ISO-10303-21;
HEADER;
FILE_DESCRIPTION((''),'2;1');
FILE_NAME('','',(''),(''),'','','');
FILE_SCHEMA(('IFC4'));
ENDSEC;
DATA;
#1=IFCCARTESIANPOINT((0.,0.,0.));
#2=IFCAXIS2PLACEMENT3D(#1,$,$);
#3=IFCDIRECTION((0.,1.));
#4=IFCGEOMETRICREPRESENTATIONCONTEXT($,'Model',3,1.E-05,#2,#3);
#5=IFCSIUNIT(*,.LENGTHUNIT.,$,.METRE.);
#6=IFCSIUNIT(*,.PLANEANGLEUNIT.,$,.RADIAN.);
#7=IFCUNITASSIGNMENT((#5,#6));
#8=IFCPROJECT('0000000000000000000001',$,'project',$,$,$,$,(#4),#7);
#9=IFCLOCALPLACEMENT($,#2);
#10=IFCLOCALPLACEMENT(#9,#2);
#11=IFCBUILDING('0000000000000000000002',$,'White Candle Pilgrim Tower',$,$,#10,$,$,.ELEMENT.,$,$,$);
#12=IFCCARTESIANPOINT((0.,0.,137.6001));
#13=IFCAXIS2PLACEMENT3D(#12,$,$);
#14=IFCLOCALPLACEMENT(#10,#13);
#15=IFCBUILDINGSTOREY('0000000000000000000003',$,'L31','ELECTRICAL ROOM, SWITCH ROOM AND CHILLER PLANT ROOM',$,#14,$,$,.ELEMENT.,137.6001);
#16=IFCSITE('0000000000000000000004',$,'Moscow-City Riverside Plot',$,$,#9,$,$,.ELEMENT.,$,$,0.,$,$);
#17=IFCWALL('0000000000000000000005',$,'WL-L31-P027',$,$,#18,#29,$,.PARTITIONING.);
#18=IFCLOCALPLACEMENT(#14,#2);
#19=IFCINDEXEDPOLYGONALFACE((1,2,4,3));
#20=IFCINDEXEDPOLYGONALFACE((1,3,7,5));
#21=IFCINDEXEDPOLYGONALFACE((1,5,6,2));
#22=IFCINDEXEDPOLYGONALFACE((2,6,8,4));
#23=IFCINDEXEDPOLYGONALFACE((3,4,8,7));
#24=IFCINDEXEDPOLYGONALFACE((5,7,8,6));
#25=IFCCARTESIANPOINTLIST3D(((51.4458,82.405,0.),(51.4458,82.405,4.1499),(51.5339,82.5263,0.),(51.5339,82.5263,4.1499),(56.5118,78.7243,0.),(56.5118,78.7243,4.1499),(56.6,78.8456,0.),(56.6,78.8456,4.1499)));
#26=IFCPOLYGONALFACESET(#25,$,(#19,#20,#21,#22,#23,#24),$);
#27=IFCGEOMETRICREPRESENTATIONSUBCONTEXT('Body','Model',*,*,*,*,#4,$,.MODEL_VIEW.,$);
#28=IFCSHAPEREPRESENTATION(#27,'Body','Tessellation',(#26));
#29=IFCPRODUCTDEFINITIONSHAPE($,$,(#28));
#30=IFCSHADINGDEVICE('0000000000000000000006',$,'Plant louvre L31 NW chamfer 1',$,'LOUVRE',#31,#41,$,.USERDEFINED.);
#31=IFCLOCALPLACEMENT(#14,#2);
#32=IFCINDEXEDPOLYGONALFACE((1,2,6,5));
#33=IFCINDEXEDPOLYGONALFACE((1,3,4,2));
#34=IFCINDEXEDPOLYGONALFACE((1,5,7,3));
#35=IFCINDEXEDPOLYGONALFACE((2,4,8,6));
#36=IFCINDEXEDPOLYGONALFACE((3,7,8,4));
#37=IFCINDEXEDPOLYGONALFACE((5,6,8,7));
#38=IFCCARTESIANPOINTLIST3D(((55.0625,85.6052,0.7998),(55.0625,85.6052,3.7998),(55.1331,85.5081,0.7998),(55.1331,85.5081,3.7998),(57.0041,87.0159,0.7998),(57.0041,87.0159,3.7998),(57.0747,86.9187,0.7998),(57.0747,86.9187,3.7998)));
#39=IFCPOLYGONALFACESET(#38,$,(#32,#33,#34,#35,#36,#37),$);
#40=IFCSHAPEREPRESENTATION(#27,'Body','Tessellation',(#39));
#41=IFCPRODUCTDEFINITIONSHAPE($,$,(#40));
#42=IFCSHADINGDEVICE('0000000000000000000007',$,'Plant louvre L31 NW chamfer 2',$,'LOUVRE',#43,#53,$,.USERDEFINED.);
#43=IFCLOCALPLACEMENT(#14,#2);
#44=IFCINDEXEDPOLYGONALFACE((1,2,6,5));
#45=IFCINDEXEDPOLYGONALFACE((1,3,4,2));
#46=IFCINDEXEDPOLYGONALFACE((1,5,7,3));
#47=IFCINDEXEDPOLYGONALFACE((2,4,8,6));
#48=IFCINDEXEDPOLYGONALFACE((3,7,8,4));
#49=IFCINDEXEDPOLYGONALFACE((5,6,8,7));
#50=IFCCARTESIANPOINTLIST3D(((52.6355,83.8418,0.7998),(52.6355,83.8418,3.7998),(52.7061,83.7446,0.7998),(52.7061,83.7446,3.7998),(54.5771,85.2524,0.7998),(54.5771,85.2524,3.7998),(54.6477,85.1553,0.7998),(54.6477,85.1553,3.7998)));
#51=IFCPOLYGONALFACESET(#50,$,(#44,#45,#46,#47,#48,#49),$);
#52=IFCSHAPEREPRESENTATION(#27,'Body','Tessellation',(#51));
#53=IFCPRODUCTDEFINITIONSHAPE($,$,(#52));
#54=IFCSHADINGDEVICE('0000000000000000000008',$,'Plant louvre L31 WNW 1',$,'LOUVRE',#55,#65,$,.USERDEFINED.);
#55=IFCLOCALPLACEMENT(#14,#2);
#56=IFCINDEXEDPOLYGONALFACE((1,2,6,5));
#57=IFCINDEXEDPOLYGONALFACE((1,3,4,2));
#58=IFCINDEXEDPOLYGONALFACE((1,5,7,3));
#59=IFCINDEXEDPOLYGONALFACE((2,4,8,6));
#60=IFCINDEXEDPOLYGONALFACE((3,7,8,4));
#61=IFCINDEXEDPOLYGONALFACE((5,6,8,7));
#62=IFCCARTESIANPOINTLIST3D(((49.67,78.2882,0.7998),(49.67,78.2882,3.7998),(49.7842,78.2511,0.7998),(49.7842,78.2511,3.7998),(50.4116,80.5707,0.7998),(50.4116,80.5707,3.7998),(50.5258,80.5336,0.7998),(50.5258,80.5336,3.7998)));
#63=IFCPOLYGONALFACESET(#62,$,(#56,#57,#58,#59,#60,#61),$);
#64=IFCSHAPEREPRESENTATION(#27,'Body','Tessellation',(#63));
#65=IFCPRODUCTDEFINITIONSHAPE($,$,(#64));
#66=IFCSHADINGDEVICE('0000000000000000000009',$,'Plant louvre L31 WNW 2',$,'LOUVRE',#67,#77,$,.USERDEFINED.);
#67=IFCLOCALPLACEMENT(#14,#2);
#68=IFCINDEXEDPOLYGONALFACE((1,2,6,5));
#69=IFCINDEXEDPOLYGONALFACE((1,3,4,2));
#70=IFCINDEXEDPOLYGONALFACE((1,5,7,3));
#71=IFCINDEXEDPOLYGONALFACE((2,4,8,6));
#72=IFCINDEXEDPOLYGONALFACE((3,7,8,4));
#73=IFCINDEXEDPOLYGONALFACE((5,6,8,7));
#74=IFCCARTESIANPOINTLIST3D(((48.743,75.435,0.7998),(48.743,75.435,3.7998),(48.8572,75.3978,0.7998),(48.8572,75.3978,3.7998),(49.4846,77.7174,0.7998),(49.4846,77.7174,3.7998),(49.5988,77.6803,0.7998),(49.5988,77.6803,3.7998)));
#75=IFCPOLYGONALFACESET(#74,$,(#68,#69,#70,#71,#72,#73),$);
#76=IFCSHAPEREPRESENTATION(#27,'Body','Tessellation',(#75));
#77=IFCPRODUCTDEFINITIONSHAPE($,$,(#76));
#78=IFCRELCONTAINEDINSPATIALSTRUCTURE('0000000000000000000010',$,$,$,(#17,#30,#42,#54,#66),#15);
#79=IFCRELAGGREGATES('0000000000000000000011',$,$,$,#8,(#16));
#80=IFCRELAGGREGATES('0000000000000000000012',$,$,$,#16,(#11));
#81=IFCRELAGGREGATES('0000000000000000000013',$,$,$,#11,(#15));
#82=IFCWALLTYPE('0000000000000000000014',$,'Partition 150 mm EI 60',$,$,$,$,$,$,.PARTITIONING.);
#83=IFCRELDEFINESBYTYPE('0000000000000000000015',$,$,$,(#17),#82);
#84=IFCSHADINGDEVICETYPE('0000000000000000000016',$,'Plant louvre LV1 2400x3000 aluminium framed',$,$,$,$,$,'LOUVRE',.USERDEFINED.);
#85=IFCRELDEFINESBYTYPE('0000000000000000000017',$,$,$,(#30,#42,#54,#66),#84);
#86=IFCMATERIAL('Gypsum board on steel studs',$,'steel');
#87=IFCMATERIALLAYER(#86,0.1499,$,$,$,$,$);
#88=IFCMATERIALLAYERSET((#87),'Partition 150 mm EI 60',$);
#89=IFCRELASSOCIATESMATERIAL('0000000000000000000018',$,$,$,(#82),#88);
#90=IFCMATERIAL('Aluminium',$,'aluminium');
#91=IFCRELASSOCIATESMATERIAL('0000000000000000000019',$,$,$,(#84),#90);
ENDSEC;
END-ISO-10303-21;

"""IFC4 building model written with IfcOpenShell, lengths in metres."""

from ifc_helpers import new_model, si_unit, direction, frame, frame_2d, origin, origin_2d, place, context, subcontext, project, spatial, rectangle, extrude, material, layer, layer_set, type_object, element, save


model = new_model("IFC4")

# Units and contexts
model_context = context("Model", 3, precision=1e-05, world=origin(), true_north=direction((0.0, 1.0)))
body_context = subcontext(model_context, "Body", "Model", "MODEL_VIEW")
ifc_project = project(units=[si_unit("LENGTHUNIT", "METRE"), si_unit("PLANEANGLEUNIT", "RADIAN")], contexts=[model_context])

# Site, building, storey
site_placement = place(None, origin())
site = spatial("IfcSite", under=ifc_project, at=site_placement, Name="Moscow-City Riverside Plot", CompositionType="ELEMENT", RefElevation=0.0)
building_placement = place(site_placement, origin())
building = spatial("IfcBuilding", under=site, at=building_placement, Name="White Candle Pilgrim Tower", CompositionType="ELEMENT")
storey_placement = place(building_placement, frame((0.0, 0.0, 137.6001)))
storey = spatial("IfcBuildingStorey", under=building, at=storey_placement, Name="L31", Description="ELECTRICAL ROOM, SWITCH ROOM AND CHILLER PLANT ROOM", CompositionType="ELEMENT", Elevation=137.6001)

# Wall
ifc_material_1 = material(Name="Gypsum board on steel studs", Category="steel")
ifc_layer_1 = layer(ifc_material_1, 0.1499)
ifc_layer_set_1 = layer_set([ifc_layer_1], Name="Partition 150 mm EI 60")
wall_type_1 = type_object("IfcWallType", Name="Partition 150 mm EI 60", PredefinedType="PARTITIONING", material=ifc_layer_set_1)
wall_1_placement = place(storey_placement, frame((51.49, 82.4656, 0.0), z_axis=(0.0, 0.0, 1.0), x_axis=(0.809012, -0.587791, 0.0)))
element("IfcWall", 1, at=wall_1_placement, inside=storey, type_object=wall_type_1, Name="WL-L31-P027", PredefinedType="PARTITIONING", context=body_context, shape_type="SweptSolid", body=[
    extrude(rectangle(XDim=6.262, YDim=0.1499, at=frame_2d((3.1309, 0.0))), origin(), (0.0, 0.0, 1.0), 4.1499),
])

# Shading devices
ifc_material_2 = material(Name="Aluminium", Category="aluminium")
shading_device_type = type_object("IfcShadingDeviceType", Name="Plant louvre LV1 2400x3000 aluminium framed", ElementType="LOUVRE", PredefinedType="USERDEFINED", material=ifc_material_2)
for number, where, z_axis, x_axis, name in (
    (2, (56.0686, 86.262, 0.7998), (0.0, 0.0, 1.0), (-0.809017, -0.587785, 0.0), "Plant louvre L31 NW chamfer 1"),
    (3, (53.6416, 84.4985, 0.7998), (0.0, 0.0, 1.0), (-0.809017, -0.587785, 0.0), "Plant louvre L31 NW chamfer 2"),
    (4, (50.0979, 79.4109, 0.7998), (0.0, 0.0, 1.0), (-0.309017, -0.951057, 0.0), "Plant louvre L31 WNW 1"),
    (5, (49.1709, 76.5576, 0.7998), (0.0, 0.0, 1.0), (-0.309017, -0.951057, 0.0), "Plant louvre L31 WNW 2"),
):
    element("IfcShadingDevice", number, at=place(storey_placement, frame(where, z_axis=z_axis, x_axis=x_axis)), inside=storey, type_object=shading_device_type, Name=name, ObjectType="LOUVRE", PredefinedType="USERDEFINED", context=body_context, shape_type="SweptSolid", body=[
        extrude(rectangle(XDim=2.3999, YDim=0.1201, at=origin_2d()), origin(), (0.0, 0.0, 1.0), 3.0),
    ])

save(model, "model.ifc")
